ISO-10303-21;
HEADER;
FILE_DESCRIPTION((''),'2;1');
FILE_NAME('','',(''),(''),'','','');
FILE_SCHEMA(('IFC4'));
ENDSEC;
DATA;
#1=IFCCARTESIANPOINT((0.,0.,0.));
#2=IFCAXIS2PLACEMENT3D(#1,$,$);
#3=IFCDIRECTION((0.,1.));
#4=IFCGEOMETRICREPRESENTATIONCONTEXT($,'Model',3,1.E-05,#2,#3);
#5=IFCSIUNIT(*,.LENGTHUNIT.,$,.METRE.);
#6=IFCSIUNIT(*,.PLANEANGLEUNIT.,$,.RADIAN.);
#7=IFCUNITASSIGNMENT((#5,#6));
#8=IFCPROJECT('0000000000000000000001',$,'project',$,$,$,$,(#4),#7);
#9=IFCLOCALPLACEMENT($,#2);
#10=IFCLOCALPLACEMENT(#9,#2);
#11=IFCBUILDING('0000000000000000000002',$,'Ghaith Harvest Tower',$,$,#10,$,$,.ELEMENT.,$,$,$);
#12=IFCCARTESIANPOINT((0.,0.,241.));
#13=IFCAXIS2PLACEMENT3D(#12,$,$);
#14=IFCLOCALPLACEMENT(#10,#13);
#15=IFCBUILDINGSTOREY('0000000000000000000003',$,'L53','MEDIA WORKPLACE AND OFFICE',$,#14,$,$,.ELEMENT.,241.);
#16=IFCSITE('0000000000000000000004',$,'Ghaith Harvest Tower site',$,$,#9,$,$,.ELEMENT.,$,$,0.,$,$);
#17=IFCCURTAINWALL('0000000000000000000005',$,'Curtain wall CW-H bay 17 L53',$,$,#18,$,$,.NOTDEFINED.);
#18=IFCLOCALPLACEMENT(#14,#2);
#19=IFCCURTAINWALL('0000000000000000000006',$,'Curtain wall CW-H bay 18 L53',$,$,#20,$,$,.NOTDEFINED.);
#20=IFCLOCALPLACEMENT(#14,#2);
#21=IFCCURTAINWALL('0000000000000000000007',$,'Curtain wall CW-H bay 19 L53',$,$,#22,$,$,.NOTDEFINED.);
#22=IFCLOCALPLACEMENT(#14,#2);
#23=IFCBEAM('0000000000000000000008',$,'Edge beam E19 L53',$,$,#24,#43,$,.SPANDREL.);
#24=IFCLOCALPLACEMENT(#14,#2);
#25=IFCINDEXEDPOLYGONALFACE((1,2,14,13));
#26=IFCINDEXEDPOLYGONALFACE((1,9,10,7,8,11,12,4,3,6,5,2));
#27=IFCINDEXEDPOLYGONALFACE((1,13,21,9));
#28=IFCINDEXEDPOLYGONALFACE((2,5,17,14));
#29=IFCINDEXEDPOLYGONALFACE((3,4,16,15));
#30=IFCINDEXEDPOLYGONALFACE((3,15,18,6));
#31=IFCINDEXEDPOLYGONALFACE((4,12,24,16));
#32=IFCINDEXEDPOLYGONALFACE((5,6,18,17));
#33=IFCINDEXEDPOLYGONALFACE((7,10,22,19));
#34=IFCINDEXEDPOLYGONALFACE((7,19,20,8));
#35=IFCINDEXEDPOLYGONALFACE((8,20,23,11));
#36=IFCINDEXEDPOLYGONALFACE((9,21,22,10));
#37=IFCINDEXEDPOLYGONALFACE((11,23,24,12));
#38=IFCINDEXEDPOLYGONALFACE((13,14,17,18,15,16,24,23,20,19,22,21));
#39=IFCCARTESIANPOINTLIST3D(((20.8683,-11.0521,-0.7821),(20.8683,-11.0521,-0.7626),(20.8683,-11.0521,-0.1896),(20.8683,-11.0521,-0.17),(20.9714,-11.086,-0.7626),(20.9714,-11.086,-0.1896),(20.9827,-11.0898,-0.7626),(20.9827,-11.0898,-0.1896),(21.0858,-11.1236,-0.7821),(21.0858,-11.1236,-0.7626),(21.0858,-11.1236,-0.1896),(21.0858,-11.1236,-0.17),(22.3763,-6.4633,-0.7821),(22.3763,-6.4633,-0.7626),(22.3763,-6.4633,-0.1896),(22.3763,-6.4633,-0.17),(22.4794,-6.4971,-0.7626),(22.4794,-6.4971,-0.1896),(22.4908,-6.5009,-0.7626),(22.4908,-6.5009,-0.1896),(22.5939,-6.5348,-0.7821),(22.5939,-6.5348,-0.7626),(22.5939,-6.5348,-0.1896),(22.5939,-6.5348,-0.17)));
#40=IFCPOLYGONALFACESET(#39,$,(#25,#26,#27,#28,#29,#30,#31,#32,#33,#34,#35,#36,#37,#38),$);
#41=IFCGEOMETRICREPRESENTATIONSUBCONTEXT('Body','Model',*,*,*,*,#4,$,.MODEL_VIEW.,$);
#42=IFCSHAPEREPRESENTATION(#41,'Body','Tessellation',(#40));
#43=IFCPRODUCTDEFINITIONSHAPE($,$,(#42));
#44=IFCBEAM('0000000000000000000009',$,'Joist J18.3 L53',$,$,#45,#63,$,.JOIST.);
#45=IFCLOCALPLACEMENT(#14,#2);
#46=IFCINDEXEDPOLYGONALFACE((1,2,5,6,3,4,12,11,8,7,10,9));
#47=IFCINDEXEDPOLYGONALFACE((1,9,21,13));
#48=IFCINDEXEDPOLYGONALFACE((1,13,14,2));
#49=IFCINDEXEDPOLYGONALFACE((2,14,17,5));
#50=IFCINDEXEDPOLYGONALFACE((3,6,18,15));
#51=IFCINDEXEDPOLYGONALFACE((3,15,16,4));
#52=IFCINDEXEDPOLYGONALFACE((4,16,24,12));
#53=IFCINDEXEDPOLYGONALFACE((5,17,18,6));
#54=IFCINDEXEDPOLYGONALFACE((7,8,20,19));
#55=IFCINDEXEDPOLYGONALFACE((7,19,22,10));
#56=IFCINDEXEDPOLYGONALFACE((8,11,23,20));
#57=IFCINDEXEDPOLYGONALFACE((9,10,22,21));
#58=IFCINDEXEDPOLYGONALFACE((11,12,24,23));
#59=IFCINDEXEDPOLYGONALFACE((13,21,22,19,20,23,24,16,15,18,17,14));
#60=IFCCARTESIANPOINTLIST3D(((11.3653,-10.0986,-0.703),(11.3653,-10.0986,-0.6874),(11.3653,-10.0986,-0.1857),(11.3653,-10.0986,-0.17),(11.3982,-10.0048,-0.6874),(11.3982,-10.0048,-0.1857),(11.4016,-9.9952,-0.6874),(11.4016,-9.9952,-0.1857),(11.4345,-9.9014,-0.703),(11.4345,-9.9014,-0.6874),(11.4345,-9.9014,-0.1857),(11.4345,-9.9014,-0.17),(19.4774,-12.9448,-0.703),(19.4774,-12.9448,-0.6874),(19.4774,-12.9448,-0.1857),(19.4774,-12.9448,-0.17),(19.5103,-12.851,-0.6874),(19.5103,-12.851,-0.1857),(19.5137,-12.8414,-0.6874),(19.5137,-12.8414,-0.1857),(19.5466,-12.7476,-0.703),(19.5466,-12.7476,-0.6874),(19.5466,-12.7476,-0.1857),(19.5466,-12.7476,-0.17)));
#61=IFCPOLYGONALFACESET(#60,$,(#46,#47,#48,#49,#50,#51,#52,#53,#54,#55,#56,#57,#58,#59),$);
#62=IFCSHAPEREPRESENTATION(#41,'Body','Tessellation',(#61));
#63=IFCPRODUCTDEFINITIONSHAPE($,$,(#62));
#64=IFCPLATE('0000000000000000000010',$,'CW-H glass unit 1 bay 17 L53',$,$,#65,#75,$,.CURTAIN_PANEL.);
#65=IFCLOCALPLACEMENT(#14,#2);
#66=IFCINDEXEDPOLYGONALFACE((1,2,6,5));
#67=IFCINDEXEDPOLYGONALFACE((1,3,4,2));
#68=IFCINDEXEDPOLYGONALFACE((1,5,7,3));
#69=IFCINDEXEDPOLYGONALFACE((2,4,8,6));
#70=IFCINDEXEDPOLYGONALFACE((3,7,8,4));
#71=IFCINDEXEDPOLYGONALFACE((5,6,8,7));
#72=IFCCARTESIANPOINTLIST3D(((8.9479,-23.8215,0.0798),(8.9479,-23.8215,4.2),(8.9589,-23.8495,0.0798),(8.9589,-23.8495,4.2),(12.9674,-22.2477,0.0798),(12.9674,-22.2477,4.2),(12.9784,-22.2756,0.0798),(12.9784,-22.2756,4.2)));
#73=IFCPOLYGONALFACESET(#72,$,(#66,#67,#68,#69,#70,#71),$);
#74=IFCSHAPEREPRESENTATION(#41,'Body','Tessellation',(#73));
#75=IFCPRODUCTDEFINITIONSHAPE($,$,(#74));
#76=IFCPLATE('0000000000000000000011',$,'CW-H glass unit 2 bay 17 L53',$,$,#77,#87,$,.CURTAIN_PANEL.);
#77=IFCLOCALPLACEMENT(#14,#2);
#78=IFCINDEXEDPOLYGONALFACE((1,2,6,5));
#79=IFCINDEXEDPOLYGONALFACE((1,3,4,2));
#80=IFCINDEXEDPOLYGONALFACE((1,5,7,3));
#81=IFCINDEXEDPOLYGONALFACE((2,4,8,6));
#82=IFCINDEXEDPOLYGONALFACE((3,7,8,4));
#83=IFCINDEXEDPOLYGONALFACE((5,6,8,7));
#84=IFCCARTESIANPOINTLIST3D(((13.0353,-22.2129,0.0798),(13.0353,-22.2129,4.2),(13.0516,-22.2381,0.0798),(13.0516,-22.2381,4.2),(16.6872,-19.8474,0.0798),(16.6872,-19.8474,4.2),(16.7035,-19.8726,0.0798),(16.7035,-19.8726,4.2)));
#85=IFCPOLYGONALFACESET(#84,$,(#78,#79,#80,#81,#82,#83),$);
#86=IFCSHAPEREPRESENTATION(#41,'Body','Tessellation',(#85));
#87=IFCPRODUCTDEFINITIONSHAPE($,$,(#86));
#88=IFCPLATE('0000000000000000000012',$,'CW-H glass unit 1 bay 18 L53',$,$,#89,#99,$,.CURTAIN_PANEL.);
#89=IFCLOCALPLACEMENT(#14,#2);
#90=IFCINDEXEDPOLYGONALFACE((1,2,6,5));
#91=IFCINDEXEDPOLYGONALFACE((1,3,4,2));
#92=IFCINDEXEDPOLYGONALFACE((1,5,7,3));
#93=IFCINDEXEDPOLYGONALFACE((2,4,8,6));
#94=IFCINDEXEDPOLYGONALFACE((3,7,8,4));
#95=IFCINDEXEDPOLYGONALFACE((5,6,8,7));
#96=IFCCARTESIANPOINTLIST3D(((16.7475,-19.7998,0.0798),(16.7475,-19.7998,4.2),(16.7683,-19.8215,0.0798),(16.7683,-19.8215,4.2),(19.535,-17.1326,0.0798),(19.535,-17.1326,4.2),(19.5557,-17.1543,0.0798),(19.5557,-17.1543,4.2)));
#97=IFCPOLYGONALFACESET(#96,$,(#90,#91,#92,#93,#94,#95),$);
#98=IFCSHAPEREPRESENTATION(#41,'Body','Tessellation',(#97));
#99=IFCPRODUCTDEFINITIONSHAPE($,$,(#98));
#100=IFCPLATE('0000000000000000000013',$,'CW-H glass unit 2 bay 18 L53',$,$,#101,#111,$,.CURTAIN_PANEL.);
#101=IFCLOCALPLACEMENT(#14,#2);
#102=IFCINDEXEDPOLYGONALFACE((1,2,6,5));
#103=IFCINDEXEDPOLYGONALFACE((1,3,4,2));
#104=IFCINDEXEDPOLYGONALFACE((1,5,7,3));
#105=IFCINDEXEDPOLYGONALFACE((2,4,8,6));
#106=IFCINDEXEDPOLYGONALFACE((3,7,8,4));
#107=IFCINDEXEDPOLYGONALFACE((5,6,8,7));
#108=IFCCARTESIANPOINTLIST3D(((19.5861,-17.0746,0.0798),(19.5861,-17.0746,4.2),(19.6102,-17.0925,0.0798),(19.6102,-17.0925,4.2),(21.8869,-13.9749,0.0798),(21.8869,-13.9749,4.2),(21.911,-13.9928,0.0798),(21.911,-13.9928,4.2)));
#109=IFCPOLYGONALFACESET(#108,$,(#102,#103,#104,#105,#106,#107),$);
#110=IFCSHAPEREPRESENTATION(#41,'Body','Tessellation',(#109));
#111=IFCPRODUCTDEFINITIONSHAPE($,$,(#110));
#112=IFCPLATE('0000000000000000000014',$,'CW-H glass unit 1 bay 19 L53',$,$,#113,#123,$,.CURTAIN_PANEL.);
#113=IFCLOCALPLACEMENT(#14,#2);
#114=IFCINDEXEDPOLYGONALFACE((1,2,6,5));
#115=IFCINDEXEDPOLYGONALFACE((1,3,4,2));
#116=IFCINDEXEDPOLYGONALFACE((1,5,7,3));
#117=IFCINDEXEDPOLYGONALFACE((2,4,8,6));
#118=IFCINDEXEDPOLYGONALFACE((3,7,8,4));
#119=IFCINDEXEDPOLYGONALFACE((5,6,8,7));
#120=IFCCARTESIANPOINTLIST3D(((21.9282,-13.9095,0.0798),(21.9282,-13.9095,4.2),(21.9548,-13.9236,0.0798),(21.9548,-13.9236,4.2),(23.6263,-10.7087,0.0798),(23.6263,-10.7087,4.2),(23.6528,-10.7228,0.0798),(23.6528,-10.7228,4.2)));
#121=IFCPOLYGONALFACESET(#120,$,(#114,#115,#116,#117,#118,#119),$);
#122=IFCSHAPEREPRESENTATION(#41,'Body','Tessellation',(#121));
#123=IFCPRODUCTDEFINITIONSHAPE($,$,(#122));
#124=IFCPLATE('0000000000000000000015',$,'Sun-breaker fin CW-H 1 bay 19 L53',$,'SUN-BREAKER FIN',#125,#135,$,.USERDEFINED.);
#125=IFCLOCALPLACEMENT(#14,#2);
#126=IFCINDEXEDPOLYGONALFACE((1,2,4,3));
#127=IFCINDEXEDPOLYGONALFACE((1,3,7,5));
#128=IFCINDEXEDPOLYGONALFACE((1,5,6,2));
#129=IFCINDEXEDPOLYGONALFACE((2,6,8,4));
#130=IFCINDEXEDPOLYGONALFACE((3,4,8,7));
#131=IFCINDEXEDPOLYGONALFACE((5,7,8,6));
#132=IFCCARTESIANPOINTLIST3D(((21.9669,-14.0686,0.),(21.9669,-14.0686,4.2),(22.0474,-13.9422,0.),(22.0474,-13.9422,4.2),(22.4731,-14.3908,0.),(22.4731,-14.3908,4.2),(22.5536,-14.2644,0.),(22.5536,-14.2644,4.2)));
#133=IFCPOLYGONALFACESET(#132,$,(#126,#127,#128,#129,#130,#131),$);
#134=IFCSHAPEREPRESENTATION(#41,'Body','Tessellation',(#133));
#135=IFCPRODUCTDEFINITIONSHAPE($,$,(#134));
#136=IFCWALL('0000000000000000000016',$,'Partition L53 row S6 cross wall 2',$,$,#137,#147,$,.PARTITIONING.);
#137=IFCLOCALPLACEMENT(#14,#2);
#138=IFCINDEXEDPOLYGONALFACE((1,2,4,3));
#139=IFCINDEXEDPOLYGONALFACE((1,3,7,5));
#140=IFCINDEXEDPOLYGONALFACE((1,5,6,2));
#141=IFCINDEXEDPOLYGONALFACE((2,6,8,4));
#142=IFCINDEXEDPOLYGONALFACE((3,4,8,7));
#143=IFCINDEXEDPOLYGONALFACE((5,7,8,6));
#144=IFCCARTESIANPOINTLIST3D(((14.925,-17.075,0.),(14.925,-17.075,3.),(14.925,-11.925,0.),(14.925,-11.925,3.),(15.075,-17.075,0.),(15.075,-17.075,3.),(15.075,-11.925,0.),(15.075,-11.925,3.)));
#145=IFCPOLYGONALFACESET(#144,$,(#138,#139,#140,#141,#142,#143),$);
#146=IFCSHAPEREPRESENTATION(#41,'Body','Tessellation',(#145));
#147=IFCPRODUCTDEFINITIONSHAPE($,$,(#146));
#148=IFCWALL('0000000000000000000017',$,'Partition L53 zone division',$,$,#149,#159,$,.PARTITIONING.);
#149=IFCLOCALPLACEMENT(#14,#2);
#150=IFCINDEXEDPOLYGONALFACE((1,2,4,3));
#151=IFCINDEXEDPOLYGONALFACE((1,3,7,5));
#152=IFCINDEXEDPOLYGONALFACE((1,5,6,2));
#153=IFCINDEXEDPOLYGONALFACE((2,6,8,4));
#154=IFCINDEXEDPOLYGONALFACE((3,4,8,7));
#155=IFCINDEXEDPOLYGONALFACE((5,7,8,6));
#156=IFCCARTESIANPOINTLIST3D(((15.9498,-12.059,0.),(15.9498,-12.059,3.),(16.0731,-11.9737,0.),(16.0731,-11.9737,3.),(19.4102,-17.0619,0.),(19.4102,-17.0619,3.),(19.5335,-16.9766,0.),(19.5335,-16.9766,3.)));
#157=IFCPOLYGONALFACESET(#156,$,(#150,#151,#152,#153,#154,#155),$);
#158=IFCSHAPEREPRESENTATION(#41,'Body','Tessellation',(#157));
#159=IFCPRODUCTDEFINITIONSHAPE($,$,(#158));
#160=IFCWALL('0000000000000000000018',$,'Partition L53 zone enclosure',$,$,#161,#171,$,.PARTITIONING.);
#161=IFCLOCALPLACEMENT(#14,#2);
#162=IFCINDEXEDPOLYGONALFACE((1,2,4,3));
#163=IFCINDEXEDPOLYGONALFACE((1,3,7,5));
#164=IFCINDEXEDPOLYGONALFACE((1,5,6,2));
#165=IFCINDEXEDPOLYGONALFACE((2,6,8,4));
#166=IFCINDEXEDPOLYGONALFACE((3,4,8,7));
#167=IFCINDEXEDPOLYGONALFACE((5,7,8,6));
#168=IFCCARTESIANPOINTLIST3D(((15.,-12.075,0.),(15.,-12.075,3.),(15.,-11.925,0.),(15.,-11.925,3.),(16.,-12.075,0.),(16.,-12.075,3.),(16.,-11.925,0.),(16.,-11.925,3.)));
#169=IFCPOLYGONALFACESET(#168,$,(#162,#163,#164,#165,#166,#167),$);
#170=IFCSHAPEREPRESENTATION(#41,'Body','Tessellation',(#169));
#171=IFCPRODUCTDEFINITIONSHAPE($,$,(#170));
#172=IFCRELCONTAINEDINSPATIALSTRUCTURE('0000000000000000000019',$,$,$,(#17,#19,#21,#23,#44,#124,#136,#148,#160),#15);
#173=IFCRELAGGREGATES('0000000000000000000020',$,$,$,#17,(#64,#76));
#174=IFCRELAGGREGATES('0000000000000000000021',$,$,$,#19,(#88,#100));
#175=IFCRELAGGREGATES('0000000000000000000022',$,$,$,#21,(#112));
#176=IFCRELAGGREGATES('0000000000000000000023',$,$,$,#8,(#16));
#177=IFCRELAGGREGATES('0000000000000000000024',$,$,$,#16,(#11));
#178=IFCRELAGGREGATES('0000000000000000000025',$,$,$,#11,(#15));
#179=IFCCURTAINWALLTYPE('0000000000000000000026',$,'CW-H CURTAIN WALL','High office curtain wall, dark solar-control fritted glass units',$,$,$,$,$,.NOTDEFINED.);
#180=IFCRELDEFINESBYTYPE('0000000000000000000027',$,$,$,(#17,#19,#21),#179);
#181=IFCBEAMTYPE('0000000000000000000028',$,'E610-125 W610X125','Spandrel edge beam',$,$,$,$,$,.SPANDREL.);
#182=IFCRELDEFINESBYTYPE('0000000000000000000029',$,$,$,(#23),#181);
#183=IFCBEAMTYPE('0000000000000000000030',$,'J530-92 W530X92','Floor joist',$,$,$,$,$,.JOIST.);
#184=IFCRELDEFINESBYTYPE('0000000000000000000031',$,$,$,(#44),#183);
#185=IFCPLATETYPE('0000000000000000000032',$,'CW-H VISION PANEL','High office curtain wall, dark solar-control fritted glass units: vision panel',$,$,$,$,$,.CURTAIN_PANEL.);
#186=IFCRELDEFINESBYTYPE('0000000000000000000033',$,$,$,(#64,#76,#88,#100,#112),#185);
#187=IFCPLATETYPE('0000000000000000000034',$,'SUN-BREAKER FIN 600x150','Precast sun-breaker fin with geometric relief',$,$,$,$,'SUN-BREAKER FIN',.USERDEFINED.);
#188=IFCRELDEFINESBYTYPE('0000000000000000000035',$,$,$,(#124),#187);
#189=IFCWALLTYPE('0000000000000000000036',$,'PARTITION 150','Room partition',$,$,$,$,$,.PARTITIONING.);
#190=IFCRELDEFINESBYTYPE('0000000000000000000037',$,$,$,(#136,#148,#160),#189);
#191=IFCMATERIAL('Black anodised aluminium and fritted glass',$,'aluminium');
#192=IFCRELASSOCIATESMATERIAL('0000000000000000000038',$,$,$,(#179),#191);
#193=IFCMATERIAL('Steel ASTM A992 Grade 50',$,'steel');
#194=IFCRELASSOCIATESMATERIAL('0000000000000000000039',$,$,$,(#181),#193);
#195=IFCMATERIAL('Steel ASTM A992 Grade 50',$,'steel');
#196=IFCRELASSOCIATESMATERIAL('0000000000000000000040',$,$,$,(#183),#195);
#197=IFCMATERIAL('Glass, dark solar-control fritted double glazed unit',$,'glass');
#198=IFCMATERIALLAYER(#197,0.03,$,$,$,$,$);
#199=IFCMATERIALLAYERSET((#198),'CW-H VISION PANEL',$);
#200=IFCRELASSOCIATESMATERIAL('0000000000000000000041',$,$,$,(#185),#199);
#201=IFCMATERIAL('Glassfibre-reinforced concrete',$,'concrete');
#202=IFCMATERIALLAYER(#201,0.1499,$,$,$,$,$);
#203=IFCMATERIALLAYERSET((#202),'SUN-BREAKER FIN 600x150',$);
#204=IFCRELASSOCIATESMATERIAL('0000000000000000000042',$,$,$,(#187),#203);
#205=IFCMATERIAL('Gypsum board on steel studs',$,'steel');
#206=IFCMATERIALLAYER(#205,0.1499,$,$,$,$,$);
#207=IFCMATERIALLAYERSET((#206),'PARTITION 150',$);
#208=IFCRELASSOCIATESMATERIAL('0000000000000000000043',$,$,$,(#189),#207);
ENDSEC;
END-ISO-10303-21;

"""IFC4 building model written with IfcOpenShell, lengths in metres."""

from ifc_helpers import new_model, si_unit, direction, frame, frame_2d, origin, origin_2d, place, context, subcontext, project, spatial, rectangle, i_section, extrude, material, layer, layer_set, material_profile, profile_set, type_object, element, aggregate, save


model = new_model("IFC4")

# Units and contexts
model_context = context("Model", 3, precision=1e-05, world=origin(), true_north=direction((0.0, 1.0)))
body_context = subcontext(model_context, "Body", "Model", "MODEL_VIEW")
ifc_project = project(units=[si_unit("LENGTHUNIT", "METRE"), si_unit("PLANEANGLEUNIT", "RADIAN")], contexts=[model_context])

# Site, building, storey
site_placement = place(None, origin())
site = spatial("IfcSite", under=ifc_project, at=site_placement, Name="Ghaith Harvest Tower site", CompositionType="ELEMENT", RefElevation=0.0)
building_placement = place(site_placement, origin())
building = spatial("IfcBuilding", under=site, at=building_placement, Name="Ghaith Harvest Tower", CompositionType="ELEMENT")
storey_placement = place(building_placement, frame((0.0, 0.0, 241.0)))
storey = spatial("IfcBuildingStorey", under=building, at=storey_placement, Name="L53", Description="MEDIA WORKPLACE AND OFFICE", CompositionType="ELEMENT", Elevation=241.0)

# Curtain wall
ifc_material_1 = material(Name="Black anodised aluminium and fritted glass", Category="aluminium")
curtain_wall_type = type_object("IfcCurtainWallType", Name="CW-H CURTAIN WALL", Description="High office curtain wall, dark solar-control fritted glass units", PredefinedType="NOTDEFINED", material=ifc_material_1)
curtain_wall_1_placement = place(storey_placement, origin())
curtain_wall_1 = element("IfcCurtainWall", 1, at=curtain_wall_1_placement, inside=storey, type_object=curtain_wall_type, Name="Curtain wall CW-H bay 17 L53", PredefinedType="NOTDEFINED")

# Curtain walls
curtain_wall_2_placement = place(storey_placement, origin())
curtain_wall_2 = element("IfcCurtainWall", 2, at=curtain_wall_2_placement, inside=storey, type_object=curtain_wall_type, Name="Curtain wall CW-H bay 18 L53", PredefinedType="NOTDEFINED")
curtain_wall_3_placement = place(storey_placement, origin())
curtain_wall_3 = element("IfcCurtainWall", 3, at=curtain_wall_3_placement, inside=storey, type_object=curtain_wall_type, Name="Curtain wall CW-H bay 19 L53", PredefinedType="NOTDEFINED")

# Beams
ifc_material_2 = material(Name="Steel ASTM A992 Grade 50", Category="steel")
ifc_material_profile_1 = material_profile(ifc_material_2, i_section(OverallWidth=0.229, OverallDepth=0.6121, WebThickness=0.012, FlangeThickness=0.0195, at=origin_2d()), Name="W610X125")
ifc_profile_set_1 = profile_set([ifc_material_profile_1], Name="Steel ASTM A992 Grade 50")
beam_type_1 = type_object("IfcBeamType", Name="E610-125 W610X125", Description="Spandrel edge beam", PredefinedType="SPANDREL", material=ifc_profile_set_1)
beam_1_placement = place(storey_placement, frame((20.9771, -11.0879, -0.4761), z_axis=(0.312207, 0.950014, 0.0), x_axis=(-0.950014, 0.312207, 0.0)))
element("IfcBeam", 4, at=beam_1_placement, inside=storey, type_object=beam_type_1, Name="Edge beam E19 L53", PredefinedType="SPANDREL", context=body_context, shape_type="SweptSolid", body=[
    extrude(i_section(OverallWidth=0.229, OverallDepth=0.6121, WebThickness=0.012, FlangeThickness=0.0195, at=origin_2d()), origin(), (0.0, 0.0, 1.0), 4.8303),
])
ifc_material_3 = material(Name="Steel ASTM A992 Grade 50", Category="steel")
ifc_material_profile_2 = material_profile(ifc_material_3, i_section(OverallWidth=0.209, OverallDepth=0.533, WebThickness=0.0103, FlangeThickness=0.0156, at=origin_2d()), Name="W530X92")
ifc_profile_set_2 = profile_set([ifc_material_profile_2], Name="Steel ASTM A992 Grade 50")
beam_type_2 = type_object("IfcBeamType", Name="J530-92 W530X92", Description="Floor joist", PredefinedType="JOIST", material=ifc_profile_set_2)
beam_2_placement = place(storey_placement, frame((11.3999, -10.0, -0.4365), z_axis=(0.943605, -0.331073, 0.0), x_axis=(0.331073, 0.943605, 0.0)))
element("IfcBeam", 5, at=beam_2_placement, inside=storey, type_object=beam_type_2, Name="Joist J18.3 L53", PredefinedType="JOIST", context=body_context, shape_type="SweptSolid", body=[
    extrude(i_section(OverallWidth=0.209, OverallDepth=0.533, WebThickness=0.0103, FlangeThickness=0.0156, at=origin_2d()), origin(), (0.0, 0.0, 1.0), 8.5969),
])

# Plates
ifc_material_4 = material(Name="Glass, dark solar-control fritted double glazed unit", Category="glass")
ifc_layer_1 = layer(ifc_material_4, 0.03)
ifc_layer_set_1 = layer_set([ifc_layer_1], Name="CW-H VISION PANEL")
plate_type_1 = type_object("IfcPlateType", Name="CW-H VISION PANEL", Description="High office curtain wall, dark solar-control fritted glass units: vision panel", PredefinedType="CURTAIN_PANEL", material=ifc_layer_set_1)
plate_1_placement = place(storey_placement, frame((10.9631, -23.0486, 0.0798), z_axis=(0.0, 0.0, 1.0), x_axis=(0.931161, 0.364608, 0.0)))
plate_1 = element("IfcPlate", 6, at=plate_1_placement, type_object=plate_type_1, Name="CW-H glass unit 1 bay 17 L53", PredefinedType="CURTAIN_PANEL", context=body_context, shape_type="SweptSolid", body=[
    extrude(rectangle(XDim=4.3167, YDim=0.03, at=origin_2d()), origin(), (0.0, 0.0, 1.0), 4.1201),
])
plate_2_placement = place(storey_placement, frame((14.8694, -21.0427, 0.0798), z_axis=(0.0, 0.0, 1.0), x_axis=(0.839305, 0.54366, 0.0)))
plate_2 = element("IfcPlate", 7, at=plate_2_placement, type_object=plate_type_1, Name="CW-H glass unit 2 bay 17 L53", PredefinedType="CURTAIN_PANEL", context=body_context, shape_type="SweptSolid", body=[
    extrude(rectangle(XDim=4.3511, YDim=0.03, at=origin_2d()), origin(), (0.0, 0.0, 1.0), 4.1201),
])
aggregate(curtain_wall_1, [plate_1, plate_2])
plate_3_placement = place(storey_placement, frame((18.1516, -18.4771, 0.0798), z_axis=(0.0, 0.0, 1.0), x_axis=(0.722533, 0.691337, 0.0)))
plate_3 = element("IfcPlate", 8, at=plate_3_placement, type_object=plate_type_1, Name="CW-H glass unit 1 bay 18 L53", PredefinedType="CURTAIN_PANEL", context=body_context, shape_type="SweptSolid", body=[
    extrude(rectangle(XDim=3.8579, YDim=0.03, at=origin_2d()), origin(), (0.0, 0.0, 1.0), 4.1201),
])
plate_4_placement = place(storey_placement, frame((20.7485, -15.5337, 0.0798), z_axis=(0.0, 0.0, 1.0), x_axis=(0.596019, 0.802971, 0.0)))
plate_4 = element("IfcPlate", 9, at=plate_4_placement, type_object=plate_type_1, Name="CW-H glass unit 2 bay 18 L53", PredefinedType="CURTAIN_PANEL", context=body_context, shape_type="SweptSolid", body=[
    extrude(rectangle(XDim=3.8604, YDim=0.03, at=origin_2d()), origin(), (0.0, 0.0, 1.0), 4.1201),
])
aggregate(curtain_wall_2, [plate_3, plate_4])
plate_5_placement = place(storey_placement, frame((22.7905, -12.3162, 0.0798), z_axis=(0.0, 0.0, 1.0), x_axis=(0.468644, 0.883387, 0.0)))
plate_5 = element("IfcPlate", 10, at=plate_5_placement, type_object=plate_type_1, Name="CW-H glass unit 1 bay 19 L53", PredefinedType="CURTAIN_PANEL", context=body_context, shape_type="SweptSolid", body=[
    extrude(rectangle(XDim=3.6233, YDim=0.03, at=origin_2d()), origin(), (0.0, 0.0, 1.0), 4.1201),
])
aggregate(curtain_wall_3, [plate_5])
ifc_material_5 = material(Name="Glassfibre-reinforced concrete", Category="concrete")
ifc_layer_2 = layer(ifc_material_5, 0.1499)
ifc_layer_set_2 = layer_set([ifc_layer_2], Name="SUN-BREAKER FIN 600x150")
plate_type_2 = type_object("IfcPlateType", Name="SUN-BREAKER FIN 600x150", Description="Precast sun-breaker fin with geometric relief", ElementType="SUN-BREAKER FIN", PredefinedType="USERDEFINED", material=ifc_layer_set_2)
plate_6_placement = place(storey_placement, frame((22.2603, -14.1665, 0.0), z_axis=(0.0, 0.0, 1.0), x_axis=(0.843644, -0.536903, 0.0)))
element("IfcPlate", 11, at=plate_6_placement, inside=storey, type_object=plate_type_2, Name="Sun-breaker fin CW-H 1 bay 19 L53", ObjectType="SUN-BREAKER FIN", PredefinedType="USERDEFINED", context=body_context, shape_type="SweptSolid", body=[
    extrude(rectangle(XDim=0.6001, YDim=0.1499, at=origin_2d()), origin(), (0.0, 0.0, 1.0), 4.2),
])

# Walls
ifc_material_6 = material(Name="Gypsum board on steel studs", Category="steel")
ifc_layer_3 = layer(ifc_material_6, 0.1499)
ifc_layer_set_3 = layer_set([ifc_layer_3], Name="PARTITION 150")
wall_type = type_object("IfcWallType", Name="PARTITION 150", Description="Room partition", PredefinedType="PARTITIONING", material=ifc_layer_set_3)
wall_1_placement = place(storey_placement, frame((15.0, -11.925, 0.0), z_axis=(0.0, 0.0, 1.0), x_axis=(0.0, -1.0, 0.0)))
element("IfcWall", 12, at=wall_1_placement, inside=storey, type_object=wall_type, Name="Partition L53 row S6 cross wall 2", PredefinedType="PARTITIONING", context=body_context, shape_type="SweptSolid", body=[
    extrude(rectangle(XDim=5.1499, YDim=0.1499, at=frame_2d((2.575, 0.0))), origin(), (0.0, 0.0, 1.0), 3.0),
])
wall_2_placement = place(storey_placement, frame((16.0115, -12.0164, 0.0), z_axis=(0.0, 0.0, 1.0), x_axis=(0.568863, -0.822432, 0.0)))
element("IfcWall", 13, at=wall_2_placement, inside=storey, type_object=wall_type, Name="Partition L53 zone division", PredefinedType="PARTITIONING", context=body_context, shape_type="SweptSolid", body=[
    extrude(rectangle(XDim=6.083, YDim=0.1499, at=frame_2d((3.0415, 0.0))), origin(), (0.0, 0.0, 1.0), 3.0),
])
wall_3_placement = place(storey_placement, frame((15.0, -12.0, 0.0), z_axis=(0.0, 0.0, 1.0), x_axis=(1.0, 0.0, 0.0)))
element("IfcWall", 14, at=wall_3_placement, inside=storey, type_object=wall_type, Name="Partition L53 zone enclosure", PredefinedType="PARTITIONING", context=body_context, shape_type="SweptSolid", body=[
    extrude(rectangle(XDim=1.0, YDim=0.1499, at=frame_2d((0.5, 0.0))), origin(), (0.0, 0.0, 1.0), 3.0),
])

save(model, "model.ifc")
